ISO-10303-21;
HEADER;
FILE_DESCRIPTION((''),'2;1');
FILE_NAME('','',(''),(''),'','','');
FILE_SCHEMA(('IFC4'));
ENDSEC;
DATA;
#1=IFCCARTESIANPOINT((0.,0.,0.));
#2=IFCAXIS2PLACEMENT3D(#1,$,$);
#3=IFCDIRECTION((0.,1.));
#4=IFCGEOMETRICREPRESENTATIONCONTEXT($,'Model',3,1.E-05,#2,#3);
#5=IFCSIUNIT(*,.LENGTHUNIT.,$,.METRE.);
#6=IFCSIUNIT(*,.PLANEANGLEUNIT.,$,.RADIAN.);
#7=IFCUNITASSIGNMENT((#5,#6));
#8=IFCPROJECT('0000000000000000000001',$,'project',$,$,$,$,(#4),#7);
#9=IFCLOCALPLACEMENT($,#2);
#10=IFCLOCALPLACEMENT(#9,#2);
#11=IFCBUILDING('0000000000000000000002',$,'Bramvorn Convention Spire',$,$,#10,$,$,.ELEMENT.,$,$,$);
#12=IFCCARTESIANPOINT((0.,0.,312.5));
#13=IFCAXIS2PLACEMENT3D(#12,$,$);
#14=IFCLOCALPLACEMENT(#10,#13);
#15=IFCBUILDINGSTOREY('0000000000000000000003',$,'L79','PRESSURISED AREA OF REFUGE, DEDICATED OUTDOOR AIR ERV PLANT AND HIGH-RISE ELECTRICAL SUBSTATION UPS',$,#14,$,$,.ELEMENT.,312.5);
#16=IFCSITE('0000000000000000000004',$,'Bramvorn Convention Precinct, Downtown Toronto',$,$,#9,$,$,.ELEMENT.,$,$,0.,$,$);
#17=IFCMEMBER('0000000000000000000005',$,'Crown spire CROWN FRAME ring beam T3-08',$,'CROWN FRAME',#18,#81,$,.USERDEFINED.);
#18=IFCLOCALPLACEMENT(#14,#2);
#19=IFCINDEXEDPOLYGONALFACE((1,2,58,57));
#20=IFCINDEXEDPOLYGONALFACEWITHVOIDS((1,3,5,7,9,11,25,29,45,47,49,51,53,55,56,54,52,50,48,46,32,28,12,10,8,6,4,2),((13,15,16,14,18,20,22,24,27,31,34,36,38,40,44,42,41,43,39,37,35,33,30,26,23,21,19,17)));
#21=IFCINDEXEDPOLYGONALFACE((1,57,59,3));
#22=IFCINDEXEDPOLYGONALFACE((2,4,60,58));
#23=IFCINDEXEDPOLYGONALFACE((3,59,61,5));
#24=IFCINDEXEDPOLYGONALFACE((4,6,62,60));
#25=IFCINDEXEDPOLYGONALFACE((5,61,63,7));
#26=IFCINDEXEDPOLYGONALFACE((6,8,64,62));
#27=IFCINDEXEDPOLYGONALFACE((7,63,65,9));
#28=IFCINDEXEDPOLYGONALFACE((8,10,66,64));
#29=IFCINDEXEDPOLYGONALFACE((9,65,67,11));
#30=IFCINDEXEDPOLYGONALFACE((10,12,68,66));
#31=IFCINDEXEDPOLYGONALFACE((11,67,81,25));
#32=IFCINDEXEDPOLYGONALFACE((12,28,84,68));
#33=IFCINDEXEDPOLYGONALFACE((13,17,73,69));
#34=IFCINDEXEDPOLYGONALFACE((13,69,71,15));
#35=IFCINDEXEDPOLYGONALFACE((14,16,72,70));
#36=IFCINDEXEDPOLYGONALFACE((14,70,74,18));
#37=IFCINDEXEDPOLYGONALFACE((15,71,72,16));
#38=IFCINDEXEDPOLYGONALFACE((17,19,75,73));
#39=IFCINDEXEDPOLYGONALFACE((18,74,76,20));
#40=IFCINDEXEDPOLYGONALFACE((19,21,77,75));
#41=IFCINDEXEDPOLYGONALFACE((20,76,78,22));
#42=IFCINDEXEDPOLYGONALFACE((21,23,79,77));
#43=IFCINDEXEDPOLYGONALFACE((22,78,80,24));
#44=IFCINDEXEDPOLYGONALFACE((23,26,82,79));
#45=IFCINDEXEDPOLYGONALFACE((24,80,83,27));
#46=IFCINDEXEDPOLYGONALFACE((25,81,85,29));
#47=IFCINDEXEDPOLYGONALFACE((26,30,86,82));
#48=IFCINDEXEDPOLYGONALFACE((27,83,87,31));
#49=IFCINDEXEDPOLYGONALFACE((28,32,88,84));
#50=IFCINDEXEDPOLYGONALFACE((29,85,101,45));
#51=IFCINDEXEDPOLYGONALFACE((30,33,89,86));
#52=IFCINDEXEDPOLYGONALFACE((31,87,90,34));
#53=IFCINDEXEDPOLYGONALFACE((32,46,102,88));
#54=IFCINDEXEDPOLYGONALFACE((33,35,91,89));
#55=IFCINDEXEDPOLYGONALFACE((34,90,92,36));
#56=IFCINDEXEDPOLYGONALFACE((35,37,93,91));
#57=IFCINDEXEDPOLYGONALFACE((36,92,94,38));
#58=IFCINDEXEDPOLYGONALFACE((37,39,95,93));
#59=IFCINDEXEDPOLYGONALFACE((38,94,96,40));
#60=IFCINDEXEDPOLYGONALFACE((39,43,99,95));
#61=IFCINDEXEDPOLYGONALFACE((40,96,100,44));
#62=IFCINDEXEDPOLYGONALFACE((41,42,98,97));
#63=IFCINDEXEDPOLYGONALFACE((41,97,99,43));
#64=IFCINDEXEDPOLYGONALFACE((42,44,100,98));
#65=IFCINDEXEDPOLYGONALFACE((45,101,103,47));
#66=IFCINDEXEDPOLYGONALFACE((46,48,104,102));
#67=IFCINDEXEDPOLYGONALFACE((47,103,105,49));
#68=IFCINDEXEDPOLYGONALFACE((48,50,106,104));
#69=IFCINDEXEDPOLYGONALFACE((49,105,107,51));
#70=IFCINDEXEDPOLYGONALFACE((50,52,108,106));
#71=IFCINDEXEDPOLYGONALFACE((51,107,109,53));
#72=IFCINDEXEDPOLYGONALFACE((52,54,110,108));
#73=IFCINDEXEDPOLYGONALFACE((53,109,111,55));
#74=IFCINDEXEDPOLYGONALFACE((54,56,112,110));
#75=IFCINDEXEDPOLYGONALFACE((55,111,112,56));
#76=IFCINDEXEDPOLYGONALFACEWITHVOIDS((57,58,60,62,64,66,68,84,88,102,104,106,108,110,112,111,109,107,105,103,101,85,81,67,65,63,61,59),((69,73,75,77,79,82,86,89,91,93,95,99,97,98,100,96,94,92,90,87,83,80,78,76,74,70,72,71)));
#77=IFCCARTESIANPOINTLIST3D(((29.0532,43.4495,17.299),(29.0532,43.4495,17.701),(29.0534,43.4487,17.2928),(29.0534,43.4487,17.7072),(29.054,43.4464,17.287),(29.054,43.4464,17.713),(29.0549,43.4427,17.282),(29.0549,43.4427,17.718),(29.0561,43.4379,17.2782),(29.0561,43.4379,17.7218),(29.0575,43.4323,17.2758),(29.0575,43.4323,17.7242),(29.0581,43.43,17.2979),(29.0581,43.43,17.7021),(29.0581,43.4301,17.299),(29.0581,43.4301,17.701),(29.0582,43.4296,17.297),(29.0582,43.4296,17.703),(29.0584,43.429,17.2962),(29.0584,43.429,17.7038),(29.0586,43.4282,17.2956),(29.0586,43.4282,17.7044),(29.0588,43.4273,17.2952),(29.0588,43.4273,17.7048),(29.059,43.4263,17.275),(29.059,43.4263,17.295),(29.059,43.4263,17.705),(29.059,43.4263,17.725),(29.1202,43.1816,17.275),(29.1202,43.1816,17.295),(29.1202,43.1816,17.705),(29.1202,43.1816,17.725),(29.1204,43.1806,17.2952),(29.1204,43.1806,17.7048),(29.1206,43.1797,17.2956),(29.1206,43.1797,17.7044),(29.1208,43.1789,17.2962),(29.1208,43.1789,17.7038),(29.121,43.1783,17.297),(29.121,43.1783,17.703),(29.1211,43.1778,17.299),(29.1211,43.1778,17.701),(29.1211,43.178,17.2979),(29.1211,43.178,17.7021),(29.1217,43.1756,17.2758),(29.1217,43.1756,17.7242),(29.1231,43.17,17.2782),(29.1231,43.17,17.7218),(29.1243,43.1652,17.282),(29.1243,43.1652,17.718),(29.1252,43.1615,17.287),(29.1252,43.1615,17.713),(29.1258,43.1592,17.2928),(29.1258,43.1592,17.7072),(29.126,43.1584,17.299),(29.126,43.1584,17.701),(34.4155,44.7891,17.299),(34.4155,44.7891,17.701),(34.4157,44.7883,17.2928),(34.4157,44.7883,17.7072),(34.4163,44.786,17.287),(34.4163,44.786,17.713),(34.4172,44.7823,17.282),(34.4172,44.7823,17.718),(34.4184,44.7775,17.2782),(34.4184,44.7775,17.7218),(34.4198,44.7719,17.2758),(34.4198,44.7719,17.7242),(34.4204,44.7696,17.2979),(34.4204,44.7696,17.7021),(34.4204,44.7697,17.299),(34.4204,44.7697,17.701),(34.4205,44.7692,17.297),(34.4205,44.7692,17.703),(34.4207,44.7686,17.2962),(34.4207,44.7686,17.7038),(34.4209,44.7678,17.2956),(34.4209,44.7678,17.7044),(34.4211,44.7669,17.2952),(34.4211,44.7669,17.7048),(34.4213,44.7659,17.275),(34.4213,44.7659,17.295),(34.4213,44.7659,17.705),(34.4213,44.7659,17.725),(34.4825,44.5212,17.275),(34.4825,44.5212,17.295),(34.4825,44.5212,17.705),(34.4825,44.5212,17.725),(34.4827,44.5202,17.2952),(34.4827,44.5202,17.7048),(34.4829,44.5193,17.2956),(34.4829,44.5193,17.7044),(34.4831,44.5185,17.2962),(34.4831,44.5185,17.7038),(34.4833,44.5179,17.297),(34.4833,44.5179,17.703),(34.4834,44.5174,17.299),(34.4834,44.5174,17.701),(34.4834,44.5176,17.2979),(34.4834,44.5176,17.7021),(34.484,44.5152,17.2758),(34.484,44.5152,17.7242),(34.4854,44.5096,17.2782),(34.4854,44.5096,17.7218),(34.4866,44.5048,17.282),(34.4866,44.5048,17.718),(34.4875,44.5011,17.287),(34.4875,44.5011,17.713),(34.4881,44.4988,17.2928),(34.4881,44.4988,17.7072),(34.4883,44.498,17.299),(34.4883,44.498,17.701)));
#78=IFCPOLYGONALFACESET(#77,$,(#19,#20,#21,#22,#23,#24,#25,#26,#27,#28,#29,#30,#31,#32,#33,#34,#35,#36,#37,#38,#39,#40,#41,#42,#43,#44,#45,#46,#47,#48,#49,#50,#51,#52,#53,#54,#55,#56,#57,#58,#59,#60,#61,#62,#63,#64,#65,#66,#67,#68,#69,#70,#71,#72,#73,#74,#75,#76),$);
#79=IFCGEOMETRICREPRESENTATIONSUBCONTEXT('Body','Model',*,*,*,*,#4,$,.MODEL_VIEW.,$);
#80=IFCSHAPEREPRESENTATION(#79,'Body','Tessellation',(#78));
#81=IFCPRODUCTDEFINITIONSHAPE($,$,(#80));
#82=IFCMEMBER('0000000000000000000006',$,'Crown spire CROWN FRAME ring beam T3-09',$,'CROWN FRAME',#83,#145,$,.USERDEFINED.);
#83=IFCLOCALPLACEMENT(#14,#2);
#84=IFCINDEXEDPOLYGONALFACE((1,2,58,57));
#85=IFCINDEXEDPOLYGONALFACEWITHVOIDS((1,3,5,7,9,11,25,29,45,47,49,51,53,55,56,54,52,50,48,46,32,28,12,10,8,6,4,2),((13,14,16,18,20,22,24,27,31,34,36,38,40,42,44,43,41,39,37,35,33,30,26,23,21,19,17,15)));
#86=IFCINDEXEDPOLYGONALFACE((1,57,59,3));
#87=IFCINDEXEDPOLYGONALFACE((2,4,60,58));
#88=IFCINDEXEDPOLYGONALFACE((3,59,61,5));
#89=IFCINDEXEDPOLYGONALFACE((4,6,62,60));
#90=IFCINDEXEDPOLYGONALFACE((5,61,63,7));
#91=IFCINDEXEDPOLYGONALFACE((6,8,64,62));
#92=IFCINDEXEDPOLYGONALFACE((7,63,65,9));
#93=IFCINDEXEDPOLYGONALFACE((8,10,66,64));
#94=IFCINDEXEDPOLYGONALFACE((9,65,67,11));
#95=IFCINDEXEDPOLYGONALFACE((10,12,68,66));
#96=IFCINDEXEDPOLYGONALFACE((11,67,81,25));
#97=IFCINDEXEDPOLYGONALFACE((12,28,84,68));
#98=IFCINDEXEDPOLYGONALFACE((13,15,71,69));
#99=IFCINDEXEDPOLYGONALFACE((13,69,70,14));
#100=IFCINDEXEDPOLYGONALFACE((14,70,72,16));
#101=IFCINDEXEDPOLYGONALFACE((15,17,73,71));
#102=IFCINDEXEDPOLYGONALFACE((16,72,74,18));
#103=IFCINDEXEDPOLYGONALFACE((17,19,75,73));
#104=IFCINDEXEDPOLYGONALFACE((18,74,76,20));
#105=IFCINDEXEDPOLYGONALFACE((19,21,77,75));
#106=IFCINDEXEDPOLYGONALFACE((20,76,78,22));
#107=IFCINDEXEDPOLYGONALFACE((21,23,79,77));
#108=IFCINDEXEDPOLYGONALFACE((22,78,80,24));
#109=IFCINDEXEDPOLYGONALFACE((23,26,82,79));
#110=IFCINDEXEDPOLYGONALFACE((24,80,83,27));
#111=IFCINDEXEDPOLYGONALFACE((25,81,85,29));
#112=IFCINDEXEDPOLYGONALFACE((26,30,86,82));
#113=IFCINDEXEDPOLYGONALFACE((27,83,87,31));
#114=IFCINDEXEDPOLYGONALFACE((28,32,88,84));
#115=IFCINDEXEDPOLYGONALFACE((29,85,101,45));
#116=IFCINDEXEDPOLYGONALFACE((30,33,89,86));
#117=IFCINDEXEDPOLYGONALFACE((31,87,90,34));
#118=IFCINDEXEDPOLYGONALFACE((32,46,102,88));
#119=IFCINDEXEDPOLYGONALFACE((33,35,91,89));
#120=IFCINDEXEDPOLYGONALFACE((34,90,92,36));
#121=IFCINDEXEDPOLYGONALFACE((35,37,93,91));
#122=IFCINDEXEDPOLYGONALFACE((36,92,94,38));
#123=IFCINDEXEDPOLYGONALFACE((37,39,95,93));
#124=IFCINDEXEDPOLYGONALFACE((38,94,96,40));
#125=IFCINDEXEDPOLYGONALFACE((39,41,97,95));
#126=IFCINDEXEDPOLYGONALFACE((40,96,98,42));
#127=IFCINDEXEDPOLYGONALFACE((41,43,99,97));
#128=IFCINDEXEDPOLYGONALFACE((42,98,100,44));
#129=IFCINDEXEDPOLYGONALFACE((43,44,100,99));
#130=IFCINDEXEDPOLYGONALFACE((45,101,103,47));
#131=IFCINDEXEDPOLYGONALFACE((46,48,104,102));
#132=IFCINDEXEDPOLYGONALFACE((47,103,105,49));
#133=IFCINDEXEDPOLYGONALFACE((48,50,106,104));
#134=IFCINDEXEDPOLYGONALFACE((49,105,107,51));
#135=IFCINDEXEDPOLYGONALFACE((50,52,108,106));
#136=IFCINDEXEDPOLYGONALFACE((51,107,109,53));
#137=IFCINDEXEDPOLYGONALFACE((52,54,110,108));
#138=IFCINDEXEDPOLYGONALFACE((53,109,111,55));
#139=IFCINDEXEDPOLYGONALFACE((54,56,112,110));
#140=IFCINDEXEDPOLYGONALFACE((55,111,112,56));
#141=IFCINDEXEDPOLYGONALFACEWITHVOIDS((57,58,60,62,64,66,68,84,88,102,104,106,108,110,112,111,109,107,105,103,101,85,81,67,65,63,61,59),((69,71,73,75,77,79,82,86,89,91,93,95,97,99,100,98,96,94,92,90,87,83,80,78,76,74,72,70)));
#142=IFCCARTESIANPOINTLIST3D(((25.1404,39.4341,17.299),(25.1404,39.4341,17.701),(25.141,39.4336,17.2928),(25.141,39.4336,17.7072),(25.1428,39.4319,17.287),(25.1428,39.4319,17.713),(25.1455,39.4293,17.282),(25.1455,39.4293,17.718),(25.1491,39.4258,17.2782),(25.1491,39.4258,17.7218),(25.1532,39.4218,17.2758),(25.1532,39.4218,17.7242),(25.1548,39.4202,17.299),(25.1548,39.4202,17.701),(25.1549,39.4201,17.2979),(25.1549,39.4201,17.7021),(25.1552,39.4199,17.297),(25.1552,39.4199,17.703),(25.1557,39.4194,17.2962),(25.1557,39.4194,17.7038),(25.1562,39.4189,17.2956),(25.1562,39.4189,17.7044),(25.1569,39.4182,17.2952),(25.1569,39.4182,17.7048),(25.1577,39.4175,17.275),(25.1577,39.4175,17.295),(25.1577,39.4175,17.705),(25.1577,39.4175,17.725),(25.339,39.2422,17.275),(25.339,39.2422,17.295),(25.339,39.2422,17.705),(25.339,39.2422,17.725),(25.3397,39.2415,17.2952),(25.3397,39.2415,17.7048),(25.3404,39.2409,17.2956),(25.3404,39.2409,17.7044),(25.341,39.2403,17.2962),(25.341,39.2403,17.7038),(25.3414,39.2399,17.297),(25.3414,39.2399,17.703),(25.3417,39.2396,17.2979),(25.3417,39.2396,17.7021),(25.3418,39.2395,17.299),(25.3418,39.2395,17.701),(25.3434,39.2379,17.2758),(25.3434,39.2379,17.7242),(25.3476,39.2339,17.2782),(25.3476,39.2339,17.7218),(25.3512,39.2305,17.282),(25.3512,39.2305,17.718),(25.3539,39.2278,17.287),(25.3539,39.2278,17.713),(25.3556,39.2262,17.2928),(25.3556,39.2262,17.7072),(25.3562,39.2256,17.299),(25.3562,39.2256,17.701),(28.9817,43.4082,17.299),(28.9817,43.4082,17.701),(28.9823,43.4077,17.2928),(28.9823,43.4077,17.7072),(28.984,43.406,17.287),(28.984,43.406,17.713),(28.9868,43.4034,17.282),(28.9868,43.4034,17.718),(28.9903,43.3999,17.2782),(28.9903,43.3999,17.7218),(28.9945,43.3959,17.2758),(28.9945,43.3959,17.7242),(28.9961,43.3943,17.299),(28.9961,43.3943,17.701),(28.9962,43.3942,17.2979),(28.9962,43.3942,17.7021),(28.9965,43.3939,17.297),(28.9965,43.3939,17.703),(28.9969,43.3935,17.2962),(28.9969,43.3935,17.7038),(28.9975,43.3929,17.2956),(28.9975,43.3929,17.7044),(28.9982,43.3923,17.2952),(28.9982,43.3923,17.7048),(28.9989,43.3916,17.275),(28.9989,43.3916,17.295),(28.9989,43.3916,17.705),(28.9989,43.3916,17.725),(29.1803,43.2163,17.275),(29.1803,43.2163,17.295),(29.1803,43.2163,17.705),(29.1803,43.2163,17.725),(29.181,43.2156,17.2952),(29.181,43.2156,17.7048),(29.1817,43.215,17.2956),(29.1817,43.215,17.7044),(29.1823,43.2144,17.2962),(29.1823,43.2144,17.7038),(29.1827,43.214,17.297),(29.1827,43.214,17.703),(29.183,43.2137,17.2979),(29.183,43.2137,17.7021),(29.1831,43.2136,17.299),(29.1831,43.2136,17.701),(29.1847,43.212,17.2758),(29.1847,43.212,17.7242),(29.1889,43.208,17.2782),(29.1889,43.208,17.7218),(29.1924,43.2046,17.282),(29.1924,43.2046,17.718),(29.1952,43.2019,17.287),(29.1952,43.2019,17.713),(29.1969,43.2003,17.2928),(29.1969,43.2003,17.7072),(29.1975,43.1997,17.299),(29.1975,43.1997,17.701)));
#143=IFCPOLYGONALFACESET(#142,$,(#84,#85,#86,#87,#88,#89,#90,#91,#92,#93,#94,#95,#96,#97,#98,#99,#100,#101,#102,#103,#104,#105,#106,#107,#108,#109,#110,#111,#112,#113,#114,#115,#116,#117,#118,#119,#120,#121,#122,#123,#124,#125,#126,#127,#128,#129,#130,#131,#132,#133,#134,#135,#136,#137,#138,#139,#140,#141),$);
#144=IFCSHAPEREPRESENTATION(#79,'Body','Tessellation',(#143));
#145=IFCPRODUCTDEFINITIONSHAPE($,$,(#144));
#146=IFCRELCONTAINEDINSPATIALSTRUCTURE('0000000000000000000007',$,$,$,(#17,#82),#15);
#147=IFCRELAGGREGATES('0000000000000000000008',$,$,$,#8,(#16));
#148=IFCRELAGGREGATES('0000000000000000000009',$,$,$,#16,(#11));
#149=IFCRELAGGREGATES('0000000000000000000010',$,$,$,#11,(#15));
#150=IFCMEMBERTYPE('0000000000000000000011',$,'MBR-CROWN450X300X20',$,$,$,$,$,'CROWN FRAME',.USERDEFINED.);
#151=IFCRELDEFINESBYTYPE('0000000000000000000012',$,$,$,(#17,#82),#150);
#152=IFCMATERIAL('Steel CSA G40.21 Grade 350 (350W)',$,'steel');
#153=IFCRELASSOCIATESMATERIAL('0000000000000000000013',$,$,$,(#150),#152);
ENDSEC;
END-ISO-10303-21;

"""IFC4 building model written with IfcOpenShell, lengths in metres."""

from ifc_helpers import new_model, si_unit, direction, frame, origin, origin_2d, place, context, subcontext, project, spatial, hollow_rectangle, extrude, material, material_profile, profile_set, type_object, element, save


model = new_model("IFC4")

# Units and contexts
model_context = context("Model", 3, precision=1e-05, world=origin(), true_north=direction((0.0, 1.0)))
body_context = subcontext(model_context, "Body", "Model", "MODEL_VIEW")
ifc_project = project(units=[si_unit("LENGTHUNIT", "METRE"), si_unit("PLANEANGLEUNIT", "RADIAN")], contexts=[model_context])

# Site, building, storey
site_placement = place(None, origin())
site = spatial("IfcSite", under=ifc_project, at=site_placement, Name="Bramvorn Convention Precinct, Downtown Toronto", CompositionType="ELEMENT", RefElevation=0.0)
building_placement = place(site_placement, origin())
building = spatial("IfcBuilding", under=site, at=building_placement, Name="Bramvorn Convention Spire", CompositionType="ELEMENT")
storey_placement = place(building_placement, frame((0.0, 0.0, 312.5)))
storey = spatial("IfcBuildingStorey", under=building, at=storey_placement, Name="L79", Description="PRESSURISED AREA OF REFUGE, DEDICATED OUTDOOR AIR ERV PLANT AND HIGH-RISE ELECTRICAL SUBSTATION UPS", CompositionType="ELEMENT", Elevation=312.5)

# Members
ifc_material_1 = material(Name="Steel CSA G40.21 Grade 350 (350W)", Category="steel")
ifc_material_profile = material_profile(ifc_material_1, hollow_rectangle(XDim=0.3, YDim=0.45, WallThickness=0.02, InnerFilletRadius=0.0039, OuterFilletRadius=0.0239, at=origin_2d()))
ifc_profile_set = profile_set([ifc_material_profile], Name="Steel CSA G40.21 Grade 350 (350W) - CROWN450X300X20")
member_type = type_object("IfcMemberType", Name="MBR-CROWN450X300X20", ElementType="CROWN FRAME", PredefinedType="USERDEFINED", material=ifc_profile_set)
for number, where, z_axis, x_axis, name in (
    (1, (34.4519, 44.6436, 17.5), (-0.970184, -0.242369, 0.0), (0.242369, -0.970184, 0.0), "Crown spire CROWN FRAME ring beam T3-08"),
    (2, (29.0896, 43.304, 17.5), (-0.69499, -0.719019, 0.0), (0.719019, -0.69499, 0.0), "Crown spire CROWN FRAME ring beam T3-09"),
):
    element("IfcMember", number, at=place(storey_placement, frame(where, z_axis=z_axis, x_axis=x_axis)), inside=storey, type_object=member_type, Name=name, ObjectType="CROWN FRAME", PredefinedType="USERDEFINED", context=body_context, shape_type="SweptSolid", body=[
        extrude(hollow_rectangle(XDim=0.3, YDim=0.45, WallThickness=0.02, InnerFilletRadius=0.0039, OuterFilletRadius=0.0239, at=origin_2d()), origin(), (0.0, 0.0, 1.0), 5.5271),
    ])

save(model, "model.ifc")
